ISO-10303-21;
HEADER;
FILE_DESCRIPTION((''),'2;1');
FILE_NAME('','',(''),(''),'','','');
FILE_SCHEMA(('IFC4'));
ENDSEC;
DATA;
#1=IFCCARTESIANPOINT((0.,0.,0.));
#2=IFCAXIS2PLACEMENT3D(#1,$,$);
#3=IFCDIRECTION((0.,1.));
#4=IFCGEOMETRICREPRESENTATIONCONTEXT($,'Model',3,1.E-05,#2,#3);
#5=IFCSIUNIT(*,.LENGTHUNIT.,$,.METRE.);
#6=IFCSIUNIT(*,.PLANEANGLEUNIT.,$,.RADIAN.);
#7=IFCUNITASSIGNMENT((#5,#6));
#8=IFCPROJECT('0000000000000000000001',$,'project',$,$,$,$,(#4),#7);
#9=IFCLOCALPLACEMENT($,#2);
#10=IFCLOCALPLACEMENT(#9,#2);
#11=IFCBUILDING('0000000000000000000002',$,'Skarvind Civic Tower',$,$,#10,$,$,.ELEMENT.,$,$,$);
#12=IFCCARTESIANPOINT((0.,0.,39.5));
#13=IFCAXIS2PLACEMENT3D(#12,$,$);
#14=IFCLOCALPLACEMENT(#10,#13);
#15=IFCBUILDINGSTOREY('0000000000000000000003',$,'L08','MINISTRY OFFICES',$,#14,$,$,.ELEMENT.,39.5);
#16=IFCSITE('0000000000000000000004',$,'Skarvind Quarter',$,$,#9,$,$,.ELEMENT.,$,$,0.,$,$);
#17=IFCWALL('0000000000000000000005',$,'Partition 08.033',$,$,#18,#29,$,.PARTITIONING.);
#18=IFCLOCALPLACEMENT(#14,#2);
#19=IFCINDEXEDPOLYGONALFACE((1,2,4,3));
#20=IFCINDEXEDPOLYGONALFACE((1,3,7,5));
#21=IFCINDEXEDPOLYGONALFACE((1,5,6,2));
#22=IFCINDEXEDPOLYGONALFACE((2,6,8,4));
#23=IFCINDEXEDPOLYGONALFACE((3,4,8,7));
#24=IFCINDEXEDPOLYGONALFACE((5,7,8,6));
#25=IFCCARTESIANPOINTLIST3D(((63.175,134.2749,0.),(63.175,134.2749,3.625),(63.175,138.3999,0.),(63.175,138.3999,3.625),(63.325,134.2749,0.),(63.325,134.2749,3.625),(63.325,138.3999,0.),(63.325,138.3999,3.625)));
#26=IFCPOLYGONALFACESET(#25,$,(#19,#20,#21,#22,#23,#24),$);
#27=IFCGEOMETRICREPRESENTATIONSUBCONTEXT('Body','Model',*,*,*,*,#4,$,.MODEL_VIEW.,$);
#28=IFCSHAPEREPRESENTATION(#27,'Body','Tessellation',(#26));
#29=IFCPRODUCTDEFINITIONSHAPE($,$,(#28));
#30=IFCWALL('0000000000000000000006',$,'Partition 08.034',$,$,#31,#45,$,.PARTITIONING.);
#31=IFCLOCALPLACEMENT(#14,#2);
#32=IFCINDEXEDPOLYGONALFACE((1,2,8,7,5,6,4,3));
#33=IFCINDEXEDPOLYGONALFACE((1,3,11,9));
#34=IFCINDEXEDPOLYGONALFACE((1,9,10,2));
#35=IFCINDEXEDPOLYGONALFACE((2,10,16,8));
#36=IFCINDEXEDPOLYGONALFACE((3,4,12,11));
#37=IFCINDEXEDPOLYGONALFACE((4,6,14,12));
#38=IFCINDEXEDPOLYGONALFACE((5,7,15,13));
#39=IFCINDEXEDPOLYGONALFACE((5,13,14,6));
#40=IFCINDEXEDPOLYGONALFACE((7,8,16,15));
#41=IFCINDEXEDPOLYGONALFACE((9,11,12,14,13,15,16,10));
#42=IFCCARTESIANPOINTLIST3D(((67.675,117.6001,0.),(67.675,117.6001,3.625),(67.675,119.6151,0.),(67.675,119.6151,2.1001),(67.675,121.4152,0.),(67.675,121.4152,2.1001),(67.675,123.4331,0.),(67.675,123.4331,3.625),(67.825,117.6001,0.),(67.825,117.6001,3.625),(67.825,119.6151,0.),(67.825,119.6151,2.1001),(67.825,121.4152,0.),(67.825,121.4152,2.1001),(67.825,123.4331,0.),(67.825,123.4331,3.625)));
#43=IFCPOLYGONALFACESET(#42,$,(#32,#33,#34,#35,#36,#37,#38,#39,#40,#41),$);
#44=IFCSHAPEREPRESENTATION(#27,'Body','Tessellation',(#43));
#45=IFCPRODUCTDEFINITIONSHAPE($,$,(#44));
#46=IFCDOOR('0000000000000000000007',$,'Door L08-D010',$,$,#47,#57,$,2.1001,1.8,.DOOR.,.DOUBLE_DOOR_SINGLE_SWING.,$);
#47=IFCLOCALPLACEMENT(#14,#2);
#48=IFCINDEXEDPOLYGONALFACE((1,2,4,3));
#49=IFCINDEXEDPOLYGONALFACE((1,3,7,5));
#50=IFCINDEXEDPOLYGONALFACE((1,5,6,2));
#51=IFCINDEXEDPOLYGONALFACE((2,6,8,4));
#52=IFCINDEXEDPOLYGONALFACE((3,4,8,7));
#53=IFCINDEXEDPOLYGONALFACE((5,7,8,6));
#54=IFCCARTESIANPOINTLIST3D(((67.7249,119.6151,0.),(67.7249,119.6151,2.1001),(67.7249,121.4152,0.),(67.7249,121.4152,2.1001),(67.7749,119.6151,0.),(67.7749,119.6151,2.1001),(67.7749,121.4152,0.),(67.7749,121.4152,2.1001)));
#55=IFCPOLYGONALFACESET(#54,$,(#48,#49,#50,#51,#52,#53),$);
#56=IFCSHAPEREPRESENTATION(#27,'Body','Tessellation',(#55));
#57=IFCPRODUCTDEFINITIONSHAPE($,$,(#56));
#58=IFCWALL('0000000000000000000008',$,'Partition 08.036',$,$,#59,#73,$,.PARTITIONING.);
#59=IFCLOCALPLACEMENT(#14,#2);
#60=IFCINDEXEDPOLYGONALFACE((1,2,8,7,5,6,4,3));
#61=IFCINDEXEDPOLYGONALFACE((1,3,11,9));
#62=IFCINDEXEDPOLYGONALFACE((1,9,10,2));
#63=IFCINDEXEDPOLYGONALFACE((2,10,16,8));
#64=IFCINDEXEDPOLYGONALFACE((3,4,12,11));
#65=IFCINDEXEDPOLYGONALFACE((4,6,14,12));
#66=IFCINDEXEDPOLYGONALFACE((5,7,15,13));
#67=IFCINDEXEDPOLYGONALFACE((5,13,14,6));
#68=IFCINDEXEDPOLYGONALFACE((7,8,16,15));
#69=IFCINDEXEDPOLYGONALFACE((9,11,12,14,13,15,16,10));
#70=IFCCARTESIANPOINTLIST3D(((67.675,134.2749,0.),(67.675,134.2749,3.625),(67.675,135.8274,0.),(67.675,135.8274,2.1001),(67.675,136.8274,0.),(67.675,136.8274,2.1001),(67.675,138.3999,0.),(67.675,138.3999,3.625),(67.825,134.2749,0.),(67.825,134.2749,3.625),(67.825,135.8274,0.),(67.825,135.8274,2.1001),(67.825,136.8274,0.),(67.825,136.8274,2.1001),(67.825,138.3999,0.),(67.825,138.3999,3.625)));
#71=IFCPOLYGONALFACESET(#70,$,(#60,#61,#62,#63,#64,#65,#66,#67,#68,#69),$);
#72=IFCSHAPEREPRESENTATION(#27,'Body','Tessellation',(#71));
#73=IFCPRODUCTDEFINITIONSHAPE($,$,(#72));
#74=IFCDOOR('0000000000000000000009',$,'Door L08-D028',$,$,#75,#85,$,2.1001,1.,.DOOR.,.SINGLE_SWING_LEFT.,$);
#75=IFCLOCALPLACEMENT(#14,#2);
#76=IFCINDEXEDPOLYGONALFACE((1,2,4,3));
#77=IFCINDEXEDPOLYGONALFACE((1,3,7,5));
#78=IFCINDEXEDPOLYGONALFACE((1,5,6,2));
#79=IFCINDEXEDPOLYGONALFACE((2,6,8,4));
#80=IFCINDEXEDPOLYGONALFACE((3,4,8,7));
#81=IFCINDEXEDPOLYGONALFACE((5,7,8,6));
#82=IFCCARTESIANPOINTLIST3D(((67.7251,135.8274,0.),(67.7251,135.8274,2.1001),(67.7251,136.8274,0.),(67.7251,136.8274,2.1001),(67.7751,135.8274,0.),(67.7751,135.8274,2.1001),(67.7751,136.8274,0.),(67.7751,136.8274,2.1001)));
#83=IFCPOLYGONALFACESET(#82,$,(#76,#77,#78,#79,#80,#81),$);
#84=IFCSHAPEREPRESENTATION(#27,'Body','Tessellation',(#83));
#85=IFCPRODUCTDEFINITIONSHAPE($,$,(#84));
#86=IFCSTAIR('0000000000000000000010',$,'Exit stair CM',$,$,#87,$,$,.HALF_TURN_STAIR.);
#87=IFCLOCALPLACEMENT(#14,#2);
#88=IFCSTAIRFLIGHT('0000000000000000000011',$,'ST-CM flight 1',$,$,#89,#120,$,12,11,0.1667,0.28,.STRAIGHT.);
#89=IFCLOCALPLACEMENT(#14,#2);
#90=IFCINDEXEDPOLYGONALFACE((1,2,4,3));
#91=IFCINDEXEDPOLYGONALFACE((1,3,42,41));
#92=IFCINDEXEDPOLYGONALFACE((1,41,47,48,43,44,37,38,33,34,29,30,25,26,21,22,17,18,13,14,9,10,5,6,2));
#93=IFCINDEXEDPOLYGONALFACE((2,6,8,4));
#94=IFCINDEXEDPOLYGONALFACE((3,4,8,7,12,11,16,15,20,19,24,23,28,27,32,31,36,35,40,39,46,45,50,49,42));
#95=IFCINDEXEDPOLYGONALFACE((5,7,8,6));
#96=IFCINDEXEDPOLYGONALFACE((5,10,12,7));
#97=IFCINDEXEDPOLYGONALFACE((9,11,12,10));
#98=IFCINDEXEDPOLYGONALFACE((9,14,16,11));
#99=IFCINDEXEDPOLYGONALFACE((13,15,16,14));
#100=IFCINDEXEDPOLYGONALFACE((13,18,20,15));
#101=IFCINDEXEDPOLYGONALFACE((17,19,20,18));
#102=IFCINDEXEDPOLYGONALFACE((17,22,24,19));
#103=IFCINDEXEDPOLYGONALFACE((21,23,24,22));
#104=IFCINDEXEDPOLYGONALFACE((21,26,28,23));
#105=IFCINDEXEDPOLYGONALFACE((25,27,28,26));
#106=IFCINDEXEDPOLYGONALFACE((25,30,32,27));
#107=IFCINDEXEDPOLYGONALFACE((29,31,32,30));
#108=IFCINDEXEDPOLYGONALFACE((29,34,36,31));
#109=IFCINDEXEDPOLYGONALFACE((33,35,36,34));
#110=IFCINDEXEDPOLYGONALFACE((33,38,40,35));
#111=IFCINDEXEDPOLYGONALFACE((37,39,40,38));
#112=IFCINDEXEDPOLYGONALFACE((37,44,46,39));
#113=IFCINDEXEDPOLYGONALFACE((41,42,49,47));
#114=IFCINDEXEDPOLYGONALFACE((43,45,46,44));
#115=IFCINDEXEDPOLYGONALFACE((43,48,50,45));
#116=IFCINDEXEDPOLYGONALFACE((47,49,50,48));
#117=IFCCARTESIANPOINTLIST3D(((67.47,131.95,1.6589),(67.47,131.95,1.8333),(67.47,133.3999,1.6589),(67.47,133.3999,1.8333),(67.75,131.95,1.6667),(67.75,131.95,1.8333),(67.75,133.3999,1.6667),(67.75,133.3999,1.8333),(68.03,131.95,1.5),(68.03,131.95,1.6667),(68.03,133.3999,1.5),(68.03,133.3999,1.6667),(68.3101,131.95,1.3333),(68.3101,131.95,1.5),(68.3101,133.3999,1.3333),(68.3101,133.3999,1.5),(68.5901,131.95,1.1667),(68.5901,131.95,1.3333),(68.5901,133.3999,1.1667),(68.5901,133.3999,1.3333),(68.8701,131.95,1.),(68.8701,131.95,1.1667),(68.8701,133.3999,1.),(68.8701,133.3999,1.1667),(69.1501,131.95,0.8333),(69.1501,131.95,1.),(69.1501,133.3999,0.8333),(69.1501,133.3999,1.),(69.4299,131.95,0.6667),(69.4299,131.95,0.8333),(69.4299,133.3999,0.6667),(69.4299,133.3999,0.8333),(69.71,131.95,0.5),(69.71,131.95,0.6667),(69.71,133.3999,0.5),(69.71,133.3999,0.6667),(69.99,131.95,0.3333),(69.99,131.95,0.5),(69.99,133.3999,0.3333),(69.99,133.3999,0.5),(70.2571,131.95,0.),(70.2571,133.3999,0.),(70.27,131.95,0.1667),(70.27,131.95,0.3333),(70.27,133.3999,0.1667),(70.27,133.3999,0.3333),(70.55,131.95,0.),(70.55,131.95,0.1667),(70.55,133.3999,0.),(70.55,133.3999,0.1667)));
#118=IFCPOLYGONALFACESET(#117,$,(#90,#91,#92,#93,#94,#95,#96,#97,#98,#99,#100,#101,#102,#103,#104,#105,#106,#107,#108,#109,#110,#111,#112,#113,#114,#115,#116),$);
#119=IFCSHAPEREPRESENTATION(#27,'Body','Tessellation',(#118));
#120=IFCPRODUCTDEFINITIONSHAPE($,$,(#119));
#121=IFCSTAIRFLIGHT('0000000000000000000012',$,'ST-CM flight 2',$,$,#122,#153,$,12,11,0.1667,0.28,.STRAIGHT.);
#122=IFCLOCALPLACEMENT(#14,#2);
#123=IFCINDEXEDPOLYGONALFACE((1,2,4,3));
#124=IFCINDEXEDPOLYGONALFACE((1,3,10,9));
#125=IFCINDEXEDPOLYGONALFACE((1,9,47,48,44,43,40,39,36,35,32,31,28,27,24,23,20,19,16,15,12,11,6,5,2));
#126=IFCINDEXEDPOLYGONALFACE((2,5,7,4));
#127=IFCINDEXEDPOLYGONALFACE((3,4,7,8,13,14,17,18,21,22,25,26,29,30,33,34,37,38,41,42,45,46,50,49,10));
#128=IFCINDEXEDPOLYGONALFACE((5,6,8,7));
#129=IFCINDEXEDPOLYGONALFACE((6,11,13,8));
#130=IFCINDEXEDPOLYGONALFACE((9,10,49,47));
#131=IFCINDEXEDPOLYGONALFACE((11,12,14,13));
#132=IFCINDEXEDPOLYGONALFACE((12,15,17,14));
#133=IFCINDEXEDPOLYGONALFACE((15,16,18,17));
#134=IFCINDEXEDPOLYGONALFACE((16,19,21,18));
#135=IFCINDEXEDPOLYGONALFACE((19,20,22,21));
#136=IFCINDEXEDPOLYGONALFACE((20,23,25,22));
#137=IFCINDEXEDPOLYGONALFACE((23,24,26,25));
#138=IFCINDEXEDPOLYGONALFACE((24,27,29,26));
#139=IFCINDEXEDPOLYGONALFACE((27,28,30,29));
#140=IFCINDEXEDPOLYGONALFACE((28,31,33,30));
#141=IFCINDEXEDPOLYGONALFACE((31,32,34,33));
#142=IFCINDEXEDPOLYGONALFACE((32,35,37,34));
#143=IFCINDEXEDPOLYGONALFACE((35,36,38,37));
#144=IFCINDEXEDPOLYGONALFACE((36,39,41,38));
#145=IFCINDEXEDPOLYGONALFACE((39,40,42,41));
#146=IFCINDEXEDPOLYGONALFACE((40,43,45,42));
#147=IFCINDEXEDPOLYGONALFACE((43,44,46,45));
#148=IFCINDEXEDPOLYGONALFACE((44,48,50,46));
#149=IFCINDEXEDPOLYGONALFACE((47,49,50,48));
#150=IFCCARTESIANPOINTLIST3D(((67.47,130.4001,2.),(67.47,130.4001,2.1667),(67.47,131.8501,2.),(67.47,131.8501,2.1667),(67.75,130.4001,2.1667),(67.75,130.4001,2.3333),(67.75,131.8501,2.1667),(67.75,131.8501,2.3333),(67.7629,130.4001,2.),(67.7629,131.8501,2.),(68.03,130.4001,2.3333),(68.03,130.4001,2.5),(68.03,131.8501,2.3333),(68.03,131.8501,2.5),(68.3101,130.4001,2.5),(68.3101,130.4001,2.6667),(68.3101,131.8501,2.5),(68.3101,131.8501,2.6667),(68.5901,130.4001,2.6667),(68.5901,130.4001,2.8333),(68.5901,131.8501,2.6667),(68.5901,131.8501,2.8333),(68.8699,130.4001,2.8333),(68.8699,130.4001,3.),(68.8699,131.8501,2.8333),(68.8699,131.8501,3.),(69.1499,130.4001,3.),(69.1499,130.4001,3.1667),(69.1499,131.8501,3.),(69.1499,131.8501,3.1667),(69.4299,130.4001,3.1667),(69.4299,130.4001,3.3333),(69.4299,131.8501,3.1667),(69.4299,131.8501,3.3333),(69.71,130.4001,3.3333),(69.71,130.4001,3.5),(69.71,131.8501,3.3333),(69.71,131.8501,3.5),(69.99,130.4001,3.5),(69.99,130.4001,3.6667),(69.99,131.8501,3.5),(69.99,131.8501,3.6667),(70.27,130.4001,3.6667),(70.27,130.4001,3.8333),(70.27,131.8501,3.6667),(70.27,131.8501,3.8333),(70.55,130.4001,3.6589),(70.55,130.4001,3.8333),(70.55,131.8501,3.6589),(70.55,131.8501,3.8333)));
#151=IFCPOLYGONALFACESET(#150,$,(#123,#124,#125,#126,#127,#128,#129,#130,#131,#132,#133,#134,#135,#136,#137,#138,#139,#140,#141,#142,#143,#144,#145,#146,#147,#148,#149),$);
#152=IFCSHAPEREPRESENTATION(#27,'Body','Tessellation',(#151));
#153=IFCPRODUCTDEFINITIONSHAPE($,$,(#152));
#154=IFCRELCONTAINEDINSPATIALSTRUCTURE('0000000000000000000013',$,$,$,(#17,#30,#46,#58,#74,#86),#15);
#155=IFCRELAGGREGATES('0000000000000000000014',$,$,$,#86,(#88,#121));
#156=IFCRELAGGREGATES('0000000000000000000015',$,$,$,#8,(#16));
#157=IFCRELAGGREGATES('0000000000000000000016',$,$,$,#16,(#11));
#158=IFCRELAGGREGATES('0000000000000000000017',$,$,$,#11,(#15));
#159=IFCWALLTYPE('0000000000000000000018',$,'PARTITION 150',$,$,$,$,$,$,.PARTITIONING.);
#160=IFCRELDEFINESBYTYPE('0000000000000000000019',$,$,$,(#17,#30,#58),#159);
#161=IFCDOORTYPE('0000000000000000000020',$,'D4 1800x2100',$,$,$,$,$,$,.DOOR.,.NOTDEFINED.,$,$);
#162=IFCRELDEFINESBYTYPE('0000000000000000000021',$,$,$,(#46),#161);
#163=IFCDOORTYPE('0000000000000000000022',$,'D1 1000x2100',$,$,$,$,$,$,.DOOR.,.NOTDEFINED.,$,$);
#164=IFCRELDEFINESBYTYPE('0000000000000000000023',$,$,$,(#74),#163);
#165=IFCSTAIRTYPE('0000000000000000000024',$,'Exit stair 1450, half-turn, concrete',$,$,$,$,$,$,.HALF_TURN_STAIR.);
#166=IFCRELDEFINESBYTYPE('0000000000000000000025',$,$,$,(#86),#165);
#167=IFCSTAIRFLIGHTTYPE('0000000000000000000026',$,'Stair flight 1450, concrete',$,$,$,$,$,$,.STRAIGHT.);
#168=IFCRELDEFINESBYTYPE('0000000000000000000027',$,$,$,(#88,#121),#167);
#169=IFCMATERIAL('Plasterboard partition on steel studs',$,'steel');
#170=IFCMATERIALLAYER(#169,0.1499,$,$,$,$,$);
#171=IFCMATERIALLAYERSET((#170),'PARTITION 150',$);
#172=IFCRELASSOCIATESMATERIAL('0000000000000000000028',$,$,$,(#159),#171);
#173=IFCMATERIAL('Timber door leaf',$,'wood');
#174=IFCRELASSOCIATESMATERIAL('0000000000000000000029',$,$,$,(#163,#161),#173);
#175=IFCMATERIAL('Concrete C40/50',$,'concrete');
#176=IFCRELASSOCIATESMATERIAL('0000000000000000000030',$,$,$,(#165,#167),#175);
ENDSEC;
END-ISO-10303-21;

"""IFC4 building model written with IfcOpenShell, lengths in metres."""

from ifc_helpers import new_model, si_unit, direction, frame, frame_2d, origin, place, context, subcontext, project, spatial, polyline, rectangle, outline, extrude, material, layer, layer_set, type_object, element, fill, aggregate, save


model = new_model("IFC4")

# Units and contexts
model_context = context("Model", 3, precision=1e-05, world=origin(), true_north=direction((0.0, 1.0)))
body_context = subcontext(model_context, "Body", "Model", "MODEL_VIEW")
ifc_project = project(units=[si_unit("LENGTHUNIT", "METRE"), si_unit("PLANEANGLEUNIT", "RADIAN")], contexts=[model_context])

# Site, building, storey
site_placement = place(None, origin())
site = spatial("IfcSite", under=ifc_project, at=site_placement, Name="Skarvind Quarter", CompositionType="ELEMENT", RefElevation=0.0)
building_placement = place(site_placement, origin())
building = spatial("IfcBuilding", under=site, at=building_placement, Name="Skarvind Civic Tower", CompositionType="ELEMENT")
storey_placement = place(building_placement, frame((0.0, 0.0, 39.5)))
storey = spatial("IfcBuildingStorey", under=building, at=storey_placement, Name="L08", Description="MINISTRY OFFICES", CompositionType="ELEMENT", Elevation=39.5)

# Shared definitions
ifc_material_1 = material(Name="Plasterboard partition on steel studs", Category="steel")
ifc_layer_1 = layer(ifc_material_1, 0.1499)
ifc_layer_set_1 = layer_set([ifc_layer_1], Name="PARTITION 150")
wall_type_1 = type_object("IfcWallType", Name="PARTITION 150", PredefinedType="PARTITIONING", material=ifc_layer_set_1)
ifc_material_2 = material(Name="Timber door leaf", Category="wood")
door_type_1 = type_object("IfcDoorType", Name="D1 1000x2100", OperationType="NOTDEFINED", PredefinedType="DOOR", material=ifc_material_2)

# Wall
for number, where, z_axis, x_axis, name in (
    (1, (63.25, 134.2749, 0.0), (0.0, 0.0, 1.0), (0.0, 1.0, 0.0), "Partition 08.033"),
):
    element("IfcWall", number, at=place(storey_placement, frame(where, z_axis=z_axis, x_axis=x_axis)), inside=storey, type_object=wall_type_1, Name=name, PredefinedType="PARTITIONING", context=body_context, shape_type="SweptSolid", body=[
        extrude(rectangle(XDim=4.125, YDim=0.1499, at=frame_2d((2.0625, 0.0))), origin(), (0.0, 0.0, 1.0), 3.625),
    ])

# Walls, openings, doors
wall_1_placement = place(storey_placement, frame((67.75, 123.4331, 0.0), z_axis=(0.0, 0.0, 1.0), x_axis=(0.0, -1.0, 0.0)))
wall_1 = element("IfcWall", 2, at=wall_1_placement, inside=storey, type_object=wall_type_1, Name="Partition 08.034", PredefinedType="PARTITIONING", context=body_context, shape_type="SweptSolid", body=[
    extrude(rectangle(XDim=5.833, YDim=0.1499, at=frame_2d((2.9165, 0.0))), origin(), (0.0, 0.0, 1.0), 3.625),
])
opening_1_placement = place(wall_1_placement, frame((2.0181, 0.0, 0.0)))
opening_1 = element("IfcOpeningElement", 3, at=opening_1_placement, cuts=wall_1, PredefinedType="OPENING", context=body_context, shape_type="SweptSolid", body=[
    extrude(rectangle(XDim=1.8, YDim=2.1001, at=frame_2d((0.8999, 1.05))), frame((0.0, 0.085, 0.0), z_axis=(0.0, -1.0, 0.0), x_axis=(1.0, 0.0, 0.0)), (0.0, 0.0, 1.0), 0.1699),
])
door_type_2 = type_object("IfcDoorType", Name="D4 1800x2100", OperationType="NOTDEFINED", PredefinedType="DOOR", material=ifc_material_2)
door_1_placement = place(opening_1_placement, origin())
door_1 = element("IfcDoor", 4, at=door_1_placement, inside=storey, type_object=door_type_2, Name="Door L08-D010", OperationType="DOUBLE_DOOR_SINGLE_SWING", OverallHeight=2.1001, OverallWidth=1.8, PredefinedType="DOOR", context=body_context, shape_type="SweptSolid", body=[
    extrude(rectangle(XDim=1.8, YDim=2.1001, at=frame_2d((0.8999, 1.05))), frame((0.0, 0.0249, 0.0), z_axis=(0.0, -1.0, 0.0), x_axis=(1.0, 0.0, 0.0)), (0.0, 0.0, 1.0), 0.05),
])
fill(opening_1, door_1)
wall_2_placement = place(storey_placement, frame((67.75, 134.2749, 0.0), z_axis=(0.0, 0.0, 1.0), x_axis=(0.0, 1.0, 0.0)))
wall_2 = element("IfcWall", 5, at=wall_2_placement, inside=storey, type_object=wall_type_1, Name="Partition 08.036", PredefinedType="PARTITIONING", context=body_context, shape_type="SweptSolid", body=[
    extrude(rectangle(XDim=4.125, YDim=0.1499, at=frame_2d((2.0625, 0.0))), origin(), (0.0, 0.0, 1.0), 3.625),
])
opening_2_placement = place(wall_2_placement, frame((1.5525, 0.0, 0.0)))
opening_2 = element("IfcOpeningElement", 6, at=opening_2_placement, cuts=wall_2, PredefinedType="OPENING", context=body_context, shape_type="SweptSolid", body=[
    extrude(rectangle(XDim=1.0, YDim=2.1001, at=frame_2d((0.5, 1.05))), frame((0.0, 0.085, 0.0), z_axis=(0.0, -1.0, 0.0), x_axis=(1.0, 0.0, 0.0)), (0.0, 0.0, 1.0), 0.1699),
])
door_2_placement = place(opening_2_placement, origin())
door_2 = element("IfcDoor", 7, at=door_2_placement, inside=storey, type_object=door_type_1, Name="Door L08-D028", OperationType="SINGLE_SWING_LEFT", OverallHeight=2.1001, OverallWidth=1.0, PredefinedType="DOOR", context=body_context, shape_type="SweptSolid", body=[
    extrude(rectangle(XDim=1.0, YDim=2.1001, at=frame_2d((0.5, 1.05))), frame((0.0, 0.0249, 0.0), z_axis=(0.0, -1.0, 0.0), x_axis=(1.0, 0.0, 0.0)), (0.0, 0.0, 1.0), 0.05),
])
fill(opening_2, door_2)

# Stair, stair flights
ifc_material_3 = material(Name="Concrete C40/50", Category="concrete")
stair_type = type_object("IfcStairType", Name="Exit stair 1450, half-turn, concrete", PredefinedType="HALF_TURN_STAIR", material=ifc_material_3)
stair_placement = place(storey_placement, origin())
stair = element("IfcStair", 8, at=stair_placement, inside=storey, type_object=stair_type, Name="Exit stair CM", PredefinedType="HALF_TURN_STAIR")
stair_flight_type = type_object("IfcStairFlightType", Name="Stair flight 1450, concrete", PredefinedType="STRAIGHT", material=ifc_material_3)
stair_flight_1_placement = place(storey_placement, frame((70.55, 132.675, 0.0), z_axis=(0.0, 0.0, 1.0), x_axis=(-1.0, 0.0, 0.0)))
stair_flight_1 = element("IfcStairFlight", 9, at=stair_flight_1_placement, type_object=stair_flight_type, Name="ST-CM flight 1", NumberOfRisers=12, NumberOfTreads=11, PredefinedType="STRAIGHT", RiserHeight=0.1667, TreadLength=0.28, context=body_context, shape_type="SweptSolid", body=[
    extrude(outline(polyline([(0.0, 0.0), (0.0, 0.1667), (0.28, 0.1667), (0.28, 0.3333), (0.5601, 0.3333), (0.5601, 0.5), (0.8401, 0.5), (0.8401, 0.6667), (1.1201, 0.6667), (1.1201, 0.8333), (1.3999, 0.8333), (1.3999, 1.0), (1.6799, 1.0), (1.6799, 1.1667), (1.96, 1.1667), (1.96, 1.3333), (2.24, 1.3333), (2.24, 1.5), (2.52, 1.5), (2.52, 1.6667), (2.8, 1.6667), (2.8, 1.8333), (3.0801, 1.8333), (3.0801, 2.0), (3.0801, 1.6589), (0.293, 0.0), (0.0, 0.0)])), frame((0.0, 0.7251, 0.0), z_axis=(0.0, -1.0, 0.0), x_axis=(1.0, 0.0, 0.0)), (0.0, 0.0, 1.0), 1.45),
])
stair_flight_2_placement = place(storey_placement, frame((67.47, 131.125, 2.0), z_axis=(0.0, 0.0, 1.0), x_axis=(1.0, 0.0, 0.0)))
stair_flight_2 = element("IfcStairFlight", 10, at=stair_flight_2_placement, type_object=stair_flight_type, Name="ST-CM flight 2", NumberOfRisers=12, NumberOfTreads=11, PredefinedType="STRAIGHT", RiserHeight=0.1667, TreadLength=0.28, context=body_context, shape_type="SweptSolid", body=[
    extrude(outline(polyline([(0.0, 0.0), (0.0, 0.1667), (0.28, 0.1667), (0.28, 0.3333), (0.5601, 0.3333), (0.5601, 0.5), (0.8401, 0.5), (0.8401, 0.6667), (1.1201, 0.6667), (1.1201, 0.8333), (1.3999, 0.8333), (1.3999, 1.0), (1.6799, 1.0), (1.6799, 1.1667), (1.96, 1.1667), (1.96, 1.3333), (2.24, 1.3333), (2.24, 1.5), (2.52, 1.5), (2.52, 1.6667), (2.8, 1.6667), (2.8, 1.8333), (3.0801, 1.8333), (3.0801, 2.0), (3.0801, 1.6589), (0.293, 0.0), (0.0, 0.0)])), frame((0.0, 0.7251, 0.0), z_axis=(0.0, -1.0, 0.0), x_axis=(1.0, 0.0, 0.0)), (0.0, 0.0, 1.0), 1.45),
])
aggregate(stair, [stair_flight_1, stair_flight_2])

save(model, "model.ifc")
